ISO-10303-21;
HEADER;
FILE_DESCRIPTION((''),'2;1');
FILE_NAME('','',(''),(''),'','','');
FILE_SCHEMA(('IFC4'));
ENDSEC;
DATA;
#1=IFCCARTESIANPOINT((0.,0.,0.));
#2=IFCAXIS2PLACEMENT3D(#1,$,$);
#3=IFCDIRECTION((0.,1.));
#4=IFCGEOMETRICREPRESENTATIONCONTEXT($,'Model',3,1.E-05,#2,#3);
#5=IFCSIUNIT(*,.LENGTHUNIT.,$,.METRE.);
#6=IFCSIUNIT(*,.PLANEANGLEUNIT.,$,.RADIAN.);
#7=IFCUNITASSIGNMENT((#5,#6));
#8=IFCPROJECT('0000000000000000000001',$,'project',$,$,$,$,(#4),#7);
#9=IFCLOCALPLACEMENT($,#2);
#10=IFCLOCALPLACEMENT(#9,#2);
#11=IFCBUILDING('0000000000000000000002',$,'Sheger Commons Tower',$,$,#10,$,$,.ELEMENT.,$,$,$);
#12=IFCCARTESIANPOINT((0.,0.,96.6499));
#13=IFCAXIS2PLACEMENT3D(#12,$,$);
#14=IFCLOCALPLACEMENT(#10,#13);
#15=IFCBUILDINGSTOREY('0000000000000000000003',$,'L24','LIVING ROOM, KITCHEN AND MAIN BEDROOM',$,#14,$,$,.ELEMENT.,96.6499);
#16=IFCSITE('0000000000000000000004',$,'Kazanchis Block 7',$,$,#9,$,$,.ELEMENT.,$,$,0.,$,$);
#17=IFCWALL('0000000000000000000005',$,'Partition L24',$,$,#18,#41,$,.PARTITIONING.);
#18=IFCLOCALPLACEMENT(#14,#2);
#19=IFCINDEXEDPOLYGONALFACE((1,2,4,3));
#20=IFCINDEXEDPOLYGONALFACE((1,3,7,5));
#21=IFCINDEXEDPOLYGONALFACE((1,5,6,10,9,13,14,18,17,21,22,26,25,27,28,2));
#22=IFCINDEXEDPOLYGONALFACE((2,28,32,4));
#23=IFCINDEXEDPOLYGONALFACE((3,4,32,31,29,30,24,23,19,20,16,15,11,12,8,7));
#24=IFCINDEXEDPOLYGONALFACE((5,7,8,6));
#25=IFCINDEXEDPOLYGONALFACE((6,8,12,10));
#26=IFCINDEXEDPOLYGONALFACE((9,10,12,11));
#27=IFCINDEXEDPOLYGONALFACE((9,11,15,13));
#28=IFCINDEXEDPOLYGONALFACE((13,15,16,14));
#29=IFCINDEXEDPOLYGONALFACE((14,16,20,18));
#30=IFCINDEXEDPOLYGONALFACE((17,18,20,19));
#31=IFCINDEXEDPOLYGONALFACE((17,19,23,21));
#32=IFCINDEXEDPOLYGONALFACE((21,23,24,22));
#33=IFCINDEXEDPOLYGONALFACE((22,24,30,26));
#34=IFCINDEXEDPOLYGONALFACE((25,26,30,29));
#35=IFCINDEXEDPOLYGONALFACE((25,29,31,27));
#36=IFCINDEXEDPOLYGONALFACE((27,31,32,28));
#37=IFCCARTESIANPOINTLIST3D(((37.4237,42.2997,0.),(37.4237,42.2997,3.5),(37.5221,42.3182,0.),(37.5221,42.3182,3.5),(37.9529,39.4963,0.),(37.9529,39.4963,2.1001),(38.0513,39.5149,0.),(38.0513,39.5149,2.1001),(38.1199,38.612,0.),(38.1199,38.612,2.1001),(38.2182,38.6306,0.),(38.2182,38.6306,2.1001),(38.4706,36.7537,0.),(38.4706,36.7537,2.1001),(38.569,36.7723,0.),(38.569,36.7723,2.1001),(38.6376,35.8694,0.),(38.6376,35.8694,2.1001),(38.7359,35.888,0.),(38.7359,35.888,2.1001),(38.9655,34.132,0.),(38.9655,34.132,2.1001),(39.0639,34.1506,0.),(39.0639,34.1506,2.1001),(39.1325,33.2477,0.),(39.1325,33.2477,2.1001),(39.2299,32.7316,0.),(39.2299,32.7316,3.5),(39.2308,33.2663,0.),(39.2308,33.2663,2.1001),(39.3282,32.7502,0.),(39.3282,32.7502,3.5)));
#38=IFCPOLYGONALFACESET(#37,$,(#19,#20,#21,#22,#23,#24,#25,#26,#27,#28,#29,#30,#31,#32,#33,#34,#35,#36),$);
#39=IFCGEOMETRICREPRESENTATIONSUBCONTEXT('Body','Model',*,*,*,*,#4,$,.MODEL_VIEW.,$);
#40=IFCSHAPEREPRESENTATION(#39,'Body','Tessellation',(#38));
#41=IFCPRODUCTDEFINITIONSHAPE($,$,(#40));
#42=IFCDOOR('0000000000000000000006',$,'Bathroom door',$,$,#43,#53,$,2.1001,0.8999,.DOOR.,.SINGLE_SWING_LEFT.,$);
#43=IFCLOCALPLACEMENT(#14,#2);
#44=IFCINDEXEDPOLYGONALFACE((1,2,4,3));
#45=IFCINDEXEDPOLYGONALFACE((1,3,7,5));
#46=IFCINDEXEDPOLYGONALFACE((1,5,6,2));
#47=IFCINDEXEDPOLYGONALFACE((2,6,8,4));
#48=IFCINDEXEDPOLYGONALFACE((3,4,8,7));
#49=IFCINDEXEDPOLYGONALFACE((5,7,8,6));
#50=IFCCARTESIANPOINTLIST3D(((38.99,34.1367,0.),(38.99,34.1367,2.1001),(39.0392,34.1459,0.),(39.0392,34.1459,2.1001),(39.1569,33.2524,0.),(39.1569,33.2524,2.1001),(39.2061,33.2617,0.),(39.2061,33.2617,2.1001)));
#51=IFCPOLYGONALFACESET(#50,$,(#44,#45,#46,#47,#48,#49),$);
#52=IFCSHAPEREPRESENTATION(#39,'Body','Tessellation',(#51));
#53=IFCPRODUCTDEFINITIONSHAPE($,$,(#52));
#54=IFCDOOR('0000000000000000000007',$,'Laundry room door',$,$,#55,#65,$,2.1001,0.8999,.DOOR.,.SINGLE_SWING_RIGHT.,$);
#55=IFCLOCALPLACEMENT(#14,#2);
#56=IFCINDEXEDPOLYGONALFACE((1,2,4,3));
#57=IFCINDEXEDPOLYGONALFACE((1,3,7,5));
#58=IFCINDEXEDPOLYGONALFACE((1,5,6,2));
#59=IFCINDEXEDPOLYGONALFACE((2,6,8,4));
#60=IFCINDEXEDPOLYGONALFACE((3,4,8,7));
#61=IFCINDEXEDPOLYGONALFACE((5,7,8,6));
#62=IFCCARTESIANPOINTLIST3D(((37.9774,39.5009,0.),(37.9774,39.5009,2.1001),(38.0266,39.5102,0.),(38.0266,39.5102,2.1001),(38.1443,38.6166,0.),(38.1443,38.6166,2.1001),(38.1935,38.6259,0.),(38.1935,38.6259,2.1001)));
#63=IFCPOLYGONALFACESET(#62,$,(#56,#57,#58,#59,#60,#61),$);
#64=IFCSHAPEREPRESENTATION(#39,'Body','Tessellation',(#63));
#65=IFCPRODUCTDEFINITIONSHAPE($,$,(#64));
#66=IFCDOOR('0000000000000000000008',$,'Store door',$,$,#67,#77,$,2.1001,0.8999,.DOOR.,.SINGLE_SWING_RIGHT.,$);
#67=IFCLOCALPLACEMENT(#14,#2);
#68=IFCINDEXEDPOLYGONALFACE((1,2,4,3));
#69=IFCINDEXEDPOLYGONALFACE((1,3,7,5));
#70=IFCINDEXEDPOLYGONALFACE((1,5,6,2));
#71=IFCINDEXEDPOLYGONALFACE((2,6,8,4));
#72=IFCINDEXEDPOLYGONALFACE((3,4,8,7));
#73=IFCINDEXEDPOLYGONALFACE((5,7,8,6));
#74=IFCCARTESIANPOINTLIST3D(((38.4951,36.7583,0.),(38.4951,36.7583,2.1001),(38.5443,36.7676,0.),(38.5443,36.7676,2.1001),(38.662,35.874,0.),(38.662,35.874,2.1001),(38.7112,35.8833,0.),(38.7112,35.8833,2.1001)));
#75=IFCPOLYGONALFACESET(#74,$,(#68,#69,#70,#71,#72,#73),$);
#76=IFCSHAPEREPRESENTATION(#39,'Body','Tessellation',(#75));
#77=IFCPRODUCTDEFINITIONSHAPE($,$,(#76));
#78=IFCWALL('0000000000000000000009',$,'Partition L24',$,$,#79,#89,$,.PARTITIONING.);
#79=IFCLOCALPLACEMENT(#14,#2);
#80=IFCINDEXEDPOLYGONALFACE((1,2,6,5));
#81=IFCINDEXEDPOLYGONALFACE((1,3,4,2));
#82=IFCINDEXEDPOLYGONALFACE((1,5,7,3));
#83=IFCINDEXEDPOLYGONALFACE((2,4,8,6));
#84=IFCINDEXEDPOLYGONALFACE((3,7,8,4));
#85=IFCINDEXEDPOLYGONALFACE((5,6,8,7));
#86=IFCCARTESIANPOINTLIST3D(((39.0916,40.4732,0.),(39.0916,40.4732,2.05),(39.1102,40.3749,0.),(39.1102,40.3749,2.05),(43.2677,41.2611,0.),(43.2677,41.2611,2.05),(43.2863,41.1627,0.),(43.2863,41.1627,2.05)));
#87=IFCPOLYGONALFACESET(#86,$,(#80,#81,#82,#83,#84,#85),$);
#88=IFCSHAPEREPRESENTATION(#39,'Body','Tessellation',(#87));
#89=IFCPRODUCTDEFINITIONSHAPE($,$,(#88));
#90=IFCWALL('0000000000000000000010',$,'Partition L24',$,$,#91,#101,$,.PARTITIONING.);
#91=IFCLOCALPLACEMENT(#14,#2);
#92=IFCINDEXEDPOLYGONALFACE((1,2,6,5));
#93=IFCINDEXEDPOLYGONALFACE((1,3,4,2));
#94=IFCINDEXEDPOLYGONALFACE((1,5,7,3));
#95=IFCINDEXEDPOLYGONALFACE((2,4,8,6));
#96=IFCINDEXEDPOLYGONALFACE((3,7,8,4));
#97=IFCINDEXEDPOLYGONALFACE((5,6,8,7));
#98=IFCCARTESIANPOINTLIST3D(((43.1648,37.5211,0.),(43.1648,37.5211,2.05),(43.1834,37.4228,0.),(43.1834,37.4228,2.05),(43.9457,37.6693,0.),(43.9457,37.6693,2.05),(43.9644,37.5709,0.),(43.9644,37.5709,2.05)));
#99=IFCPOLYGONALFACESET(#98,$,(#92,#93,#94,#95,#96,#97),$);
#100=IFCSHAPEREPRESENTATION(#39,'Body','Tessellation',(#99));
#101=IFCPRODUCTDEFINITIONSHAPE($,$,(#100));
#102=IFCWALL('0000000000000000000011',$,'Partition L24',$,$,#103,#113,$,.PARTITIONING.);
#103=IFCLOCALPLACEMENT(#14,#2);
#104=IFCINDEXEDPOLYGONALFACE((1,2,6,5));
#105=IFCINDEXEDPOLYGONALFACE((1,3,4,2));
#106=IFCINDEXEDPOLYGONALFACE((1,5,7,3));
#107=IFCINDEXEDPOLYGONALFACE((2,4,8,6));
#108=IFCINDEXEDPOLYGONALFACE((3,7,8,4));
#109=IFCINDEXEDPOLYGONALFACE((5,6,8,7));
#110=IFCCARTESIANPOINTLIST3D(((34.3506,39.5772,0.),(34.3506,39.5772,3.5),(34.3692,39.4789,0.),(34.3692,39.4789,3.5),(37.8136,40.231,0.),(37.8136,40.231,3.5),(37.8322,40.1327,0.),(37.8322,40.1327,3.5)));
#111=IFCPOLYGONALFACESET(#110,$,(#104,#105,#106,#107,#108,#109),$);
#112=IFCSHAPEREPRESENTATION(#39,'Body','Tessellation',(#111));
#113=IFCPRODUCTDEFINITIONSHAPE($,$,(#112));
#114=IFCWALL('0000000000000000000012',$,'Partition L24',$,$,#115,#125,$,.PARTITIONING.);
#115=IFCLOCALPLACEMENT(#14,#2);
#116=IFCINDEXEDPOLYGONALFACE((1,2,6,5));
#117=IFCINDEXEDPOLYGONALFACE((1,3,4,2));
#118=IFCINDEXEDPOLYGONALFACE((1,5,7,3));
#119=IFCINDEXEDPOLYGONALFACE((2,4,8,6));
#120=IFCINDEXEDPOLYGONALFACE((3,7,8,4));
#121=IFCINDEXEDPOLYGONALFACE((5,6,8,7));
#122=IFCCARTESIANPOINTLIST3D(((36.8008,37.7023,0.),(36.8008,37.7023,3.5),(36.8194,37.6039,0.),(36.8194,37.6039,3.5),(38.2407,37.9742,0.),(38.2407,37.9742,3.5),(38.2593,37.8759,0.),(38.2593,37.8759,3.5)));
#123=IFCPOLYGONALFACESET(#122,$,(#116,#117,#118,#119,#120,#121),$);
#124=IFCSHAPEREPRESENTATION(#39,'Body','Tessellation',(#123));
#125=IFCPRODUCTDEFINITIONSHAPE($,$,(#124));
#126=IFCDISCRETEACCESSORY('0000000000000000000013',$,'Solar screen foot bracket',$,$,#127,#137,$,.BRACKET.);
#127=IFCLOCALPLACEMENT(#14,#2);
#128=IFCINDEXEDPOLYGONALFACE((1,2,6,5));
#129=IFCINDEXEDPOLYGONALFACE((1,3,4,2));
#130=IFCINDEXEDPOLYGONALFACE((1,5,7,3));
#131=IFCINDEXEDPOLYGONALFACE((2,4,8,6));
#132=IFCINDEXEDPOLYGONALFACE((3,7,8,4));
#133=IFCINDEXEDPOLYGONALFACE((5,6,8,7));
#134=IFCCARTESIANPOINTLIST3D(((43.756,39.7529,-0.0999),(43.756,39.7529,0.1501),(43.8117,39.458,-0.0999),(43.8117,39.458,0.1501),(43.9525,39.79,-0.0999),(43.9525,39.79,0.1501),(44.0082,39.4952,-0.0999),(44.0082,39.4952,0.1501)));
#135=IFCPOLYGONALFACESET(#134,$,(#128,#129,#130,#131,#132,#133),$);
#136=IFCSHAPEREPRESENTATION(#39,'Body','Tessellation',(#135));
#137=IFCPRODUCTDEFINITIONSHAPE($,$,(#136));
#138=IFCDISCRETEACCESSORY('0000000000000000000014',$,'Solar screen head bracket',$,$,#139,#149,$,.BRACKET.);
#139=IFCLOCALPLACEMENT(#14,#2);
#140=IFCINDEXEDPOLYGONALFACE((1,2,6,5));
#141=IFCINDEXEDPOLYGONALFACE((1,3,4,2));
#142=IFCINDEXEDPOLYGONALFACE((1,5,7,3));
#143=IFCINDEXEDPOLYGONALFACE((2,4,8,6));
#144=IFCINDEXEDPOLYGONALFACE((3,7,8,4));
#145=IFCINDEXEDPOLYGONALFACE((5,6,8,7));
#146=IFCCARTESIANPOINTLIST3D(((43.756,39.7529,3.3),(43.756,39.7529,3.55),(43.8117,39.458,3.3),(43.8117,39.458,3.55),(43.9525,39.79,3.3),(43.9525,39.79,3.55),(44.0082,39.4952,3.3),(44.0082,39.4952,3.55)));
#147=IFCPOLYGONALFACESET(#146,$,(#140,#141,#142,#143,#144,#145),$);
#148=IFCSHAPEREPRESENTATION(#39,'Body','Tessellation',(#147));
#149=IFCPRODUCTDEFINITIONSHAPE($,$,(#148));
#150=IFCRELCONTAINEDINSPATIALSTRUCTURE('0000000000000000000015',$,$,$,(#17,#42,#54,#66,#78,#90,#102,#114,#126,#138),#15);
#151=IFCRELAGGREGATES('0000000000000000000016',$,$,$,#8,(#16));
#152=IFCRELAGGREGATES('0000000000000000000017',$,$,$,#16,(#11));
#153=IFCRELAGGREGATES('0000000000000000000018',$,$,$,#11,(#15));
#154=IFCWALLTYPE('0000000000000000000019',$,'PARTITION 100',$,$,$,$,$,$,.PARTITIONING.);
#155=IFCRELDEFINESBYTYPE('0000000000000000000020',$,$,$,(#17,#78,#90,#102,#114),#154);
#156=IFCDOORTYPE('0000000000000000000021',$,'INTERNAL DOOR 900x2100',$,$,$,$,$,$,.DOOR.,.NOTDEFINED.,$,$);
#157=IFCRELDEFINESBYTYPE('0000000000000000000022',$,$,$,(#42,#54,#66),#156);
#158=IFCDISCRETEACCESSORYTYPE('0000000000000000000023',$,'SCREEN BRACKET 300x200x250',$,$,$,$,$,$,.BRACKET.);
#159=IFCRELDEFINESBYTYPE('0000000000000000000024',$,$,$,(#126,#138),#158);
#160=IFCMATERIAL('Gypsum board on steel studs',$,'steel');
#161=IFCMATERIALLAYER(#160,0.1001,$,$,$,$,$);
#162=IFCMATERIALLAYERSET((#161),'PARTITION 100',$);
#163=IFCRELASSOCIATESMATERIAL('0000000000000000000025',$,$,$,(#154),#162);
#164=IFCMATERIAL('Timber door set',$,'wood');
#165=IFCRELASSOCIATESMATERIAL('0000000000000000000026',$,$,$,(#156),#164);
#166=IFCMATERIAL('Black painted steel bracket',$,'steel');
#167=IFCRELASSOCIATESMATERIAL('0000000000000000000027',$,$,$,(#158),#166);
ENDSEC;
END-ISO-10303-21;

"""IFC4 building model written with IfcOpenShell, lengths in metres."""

from ifc_helpers import new_model, si_unit, direction, frame, frame_2d, origin, origin_2d, place, context, subcontext, project, spatial, rectangle, extrude, material, layer, layer_set, type_object, element, fill, save


model = new_model("IFC4")

# Units and contexts
model_context = context("Model", 3, precision=1e-05, world=origin(), true_north=direction((0.0, 1.0)))
body_context = subcontext(model_context, "Body", "Model", "MODEL_VIEW")
ifc_project = project(units=[si_unit("LENGTHUNIT", "METRE"), si_unit("PLANEANGLEUNIT", "RADIAN")], contexts=[model_context])

# Site, building, storey
site_placement = place(None, origin())
site = spatial("IfcSite", under=ifc_project, at=site_placement, Name="Kazanchis Block 7", CompositionType="ELEMENT", RefElevation=0.0)
building_placement = place(site_placement, origin())
building = spatial("IfcBuilding", under=site, at=building_placement, Name="Sheger Commons Tower", CompositionType="ELEMENT")
storey_placement = place(building_placement, frame((0.0, 0.0, 96.6499)))
storey = spatial("IfcBuildingStorey", under=building, at=storey_placement, Name="L24", Description="LIVING ROOM, KITCHEN AND MAIN BEDROOM", CompositionType="ELEMENT", Elevation=96.6499)

# Shared definitions
ifc_material_1 = material(Name="Gypsum board on steel studs", Category="steel")
ifc_layer_1 = layer(ifc_material_1, 0.1001)
ifc_layer_set_1 = layer_set([ifc_layer_1], Name="PARTITION 100")
wall_type = type_object("IfcWallType", Name="PARTITION 100", PredefinedType="PARTITIONING", material=ifc_layer_set_1)

# Wall, openings, doors
ifc_material_2 = material(Name="Timber door set", Category="wood")
door_type = type_object("IfcDoorType", Name="INTERNAL DOOR 900x2100", OperationType="NOTDEFINED", PredefinedType="DOOR", material=ifc_material_2)
wall_1_placement = place(storey_placement, frame((37.4729, 42.3091, 0.0), z_axis=(0.0, 0.0, 1.0), x_axis=(0.185492, -0.982646, 0.0)))
wall_1 = element("IfcWall", 1, at=wall_1_placement, inside=storey, type_object=wall_type, Name="Partition L24", PredefinedType="PARTITIONING", context=body_context, shape_type="SweptSolid", body=[
    extrude(rectangle(XDim=9.7371, YDim=0.1001, at=frame_2d((4.8687, 0.0))), origin(), (0.0, 0.0, 1.0), 3.5),
])
opening_1_placement = place(wall_1_placement, frame((8.312, 0.0, 0.0)))
opening_1 = element("IfcOpeningElement", 2, at=opening_1_placement, cuts=wall_1, PredefinedType="OPENING", context=body_context, shape_type="SweptSolid", body=[
    extrude(rectangle(XDim=0.8999, YDim=2.1001, at=frame_2d((0.45, 1.05))), frame((0.0, 0.0601, 0.0), z_axis=(0.0, -1.0, 0.0), x_axis=(1.0, 0.0, 0.0)), (0.0, 0.0, 1.0), 0.1201),
])
opening_2_placement = place(wall_1_placement, frame((2.853, 0.0, 0.0)))
opening_2 = element("IfcOpeningElement", 3, at=opening_2_placement, cuts=wall_1, PredefinedType="OPENING", context=body_context, shape_type="SweptSolid", body=[
    extrude(rectangle(XDim=0.8999, YDim=2.1001, at=frame_2d((0.45, 1.05))), frame((0.0, 0.0601, 0.0), z_axis=(0.0, -1.0, 0.0), x_axis=(1.0, 0.0, 0.0)), (0.0, 0.0, 1.0), 0.1201),
])
opening_3_placement = place(wall_1_placement, frame((5.644, 0.0, 0.0)))
opening_3 = element("IfcOpeningElement", 4, at=opening_3_placement, cuts=wall_1, PredefinedType="OPENING", context=body_context, shape_type="SweptSolid", body=[
    extrude(rectangle(XDim=0.8999, YDim=2.1001, at=frame_2d((0.45, 1.05))), frame((0.0, 0.0601, 0.0), z_axis=(0.0, -1.0, 0.0), x_axis=(1.0, 0.0, 0.0)), (0.0, 0.0, 1.0), 0.1201),
])
door_1_placement = place(opening_1_placement, origin())
door_1 = element("IfcDoor", 5, at=door_1_placement, inside=storey, type_object=door_type, Name="Bathroom door", OperationType="SINGLE_SWING_LEFT", OverallHeight=2.1001, OverallWidth=0.8999, PredefinedType="DOOR", context=body_context, shape_type="SweptSolid", body=[
    extrude(rectangle(XDim=0.8999, YDim=2.1001, at=frame_2d((0.45, 1.05))), frame((0.0, 0.0249, 0.0), z_axis=(0.0, -1.0, 0.0), x_axis=(1.0, 0.0, 0.0)), (0.0, 0.0, 1.0), 0.05),
])
fill(opening_1, door_1)
door_2_placement = place(opening_2_placement, origin())
door_2 = element("IfcDoor", 6, at=door_2_placement, inside=storey, type_object=door_type, Name="Laundry room door", OperationType="SINGLE_SWING_RIGHT", OverallHeight=2.1001, OverallWidth=0.8999, PredefinedType="DOOR", context=body_context, shape_type="SweptSolid", body=[
    extrude(rectangle(XDim=0.8999, YDim=2.1001, at=frame_2d((0.45, 1.05))), frame((0.0, 0.0249, 0.0), z_axis=(0.0, -1.0, 0.0), x_axis=(1.0, 0.0, 0.0)), (0.0, 0.0, 1.0), 0.05),
])
fill(opening_2, door_2)
door_3_placement = place(opening_3_placement, origin())
door_3 = element("IfcDoor", 7, at=door_3_placement, inside=storey, type_object=door_type, Name="Store door", OperationType="SINGLE_SWING_RIGHT", OverallHeight=2.1001, OverallWidth=0.8999, PredefinedType="DOOR", context=body_context, shape_type="SweptSolid", body=[
    extrude(rectangle(XDim=0.8999, YDim=2.1001, at=frame_2d((0.45, 1.05))), frame((0.0, 0.0249, 0.0), z_axis=(0.0, -1.0, 0.0), x_axis=(1.0, 0.0, 0.0)), (0.0, 0.0, 1.0), 0.05),
])
fill(opening_3, door_3)

# Walls
wall_2_placement = place(storey_placement, frame((43.2771, 41.2119, 0.0), z_axis=(0.0, 0.0, 1.0), x_axis=(-0.982665, -0.185388, 0.0)))
element("IfcWall", 8, at=wall_2_placement, inside=storey, type_object=wall_type, Name="Partition L24", PredefinedType="PARTITIONING", context=body_context, shape_type="SweptSolid", body=[
    extrude(rectangle(XDim=4.2498, YDim=0.1001, at=frame_2d((2.125, 0.0))), origin(), (0.0, 0.0, 1.0), 2.05),
])
wall_3_placement = place(storey_placement, frame((43.9551, 37.6201, 0.0), z_axis=(0.0, 0.0, 1.0), x_axis=(-0.98247, -0.186421, 0.0)))
element("IfcWall", 9, at=wall_3_placement, inside=storey, type_object=wall_type, Name="Partition L24", PredefinedType="PARTITIONING", context=body_context, shape_type="SweptSolid", body=[
    extrude(rectangle(XDim=0.7949, YDim=0.1001, at=frame_2d((0.3975, 0.0))), origin(), (0.0, 0.0, 1.0), 2.05),
])
wall_4_placement = place(storey_placement, frame((37.823, 40.1819, 0.0), z_axis=(0.0, 0.0, 1.0), x_axis=(-0.982639, -0.185527, 0.0)))
element("IfcWall", 10, at=wall_4_placement, inside=storey, type_object=wall_type, Name="Partition L24", PredefinedType="PARTITIONING", context=body_context, shape_type="SweptSolid", body=[
    extrude(rectangle(XDim=3.5242, YDim=0.1001, at=frame_2d((1.7622, 0.0))), origin(), (0.0, 0.0, 1.0), 3.5),
])
wall_5_placement = place(storey_placement, frame((38.25, 37.925, 0.0), z_axis=(0.0, 0.0, 1.0), x_axis=(-0.982626, -0.185596, 0.0)))
element("IfcWall", 11, at=wall_5_placement, inside=storey, type_object=wall_type, Name="Partition L24", PredefinedType="PARTITIONING", context=body_context, shape_type="SweptSolid", body=[
    extrude(rectangle(XDim=1.4653, YDim=0.1001, at=frame_2d((0.7327, 0.0))), origin(), (0.0, 0.0, 1.0), 3.5),
])

# Discrete accessories
ifc_material_3 = material(Name="Black painted steel bracket", Category="steel")
discrete_accessory_type = type_object("IfcDiscreteAccessoryType", Name="SCREEN BRACKET 300x200x250", PredefinedType="BRACKET", material=ifc_material_3)
for number, where, z_axis, x_axis, name in (
    (12, (43.8821, 39.624, -0.0999), (0.0, 0.0, 1.0), (-0.185615, 0.982623, 0.0), "Solar screen foot bracket"),
    (13, (43.8821, 39.624, 3.3), (0.0, 0.0, 1.0), (-0.185615, 0.982623, 0.0), "Solar screen head bracket"),
):
    element("IfcDiscreteAccessory", number, at=place(storey_placement, frame(where, z_axis=z_axis, x_axis=x_axis)), inside=storey, type_object=discrete_accessory_type, Name=name, PredefinedType="BRACKET", context=body_context, shape_type="SweptSolid", body=[
        extrude(rectangle(XDim=0.3, YDim=0.2, at=origin_2d()), origin(), (0.0, 0.0, 1.0), 0.25),
    ])

save(model, "model.ifc")
